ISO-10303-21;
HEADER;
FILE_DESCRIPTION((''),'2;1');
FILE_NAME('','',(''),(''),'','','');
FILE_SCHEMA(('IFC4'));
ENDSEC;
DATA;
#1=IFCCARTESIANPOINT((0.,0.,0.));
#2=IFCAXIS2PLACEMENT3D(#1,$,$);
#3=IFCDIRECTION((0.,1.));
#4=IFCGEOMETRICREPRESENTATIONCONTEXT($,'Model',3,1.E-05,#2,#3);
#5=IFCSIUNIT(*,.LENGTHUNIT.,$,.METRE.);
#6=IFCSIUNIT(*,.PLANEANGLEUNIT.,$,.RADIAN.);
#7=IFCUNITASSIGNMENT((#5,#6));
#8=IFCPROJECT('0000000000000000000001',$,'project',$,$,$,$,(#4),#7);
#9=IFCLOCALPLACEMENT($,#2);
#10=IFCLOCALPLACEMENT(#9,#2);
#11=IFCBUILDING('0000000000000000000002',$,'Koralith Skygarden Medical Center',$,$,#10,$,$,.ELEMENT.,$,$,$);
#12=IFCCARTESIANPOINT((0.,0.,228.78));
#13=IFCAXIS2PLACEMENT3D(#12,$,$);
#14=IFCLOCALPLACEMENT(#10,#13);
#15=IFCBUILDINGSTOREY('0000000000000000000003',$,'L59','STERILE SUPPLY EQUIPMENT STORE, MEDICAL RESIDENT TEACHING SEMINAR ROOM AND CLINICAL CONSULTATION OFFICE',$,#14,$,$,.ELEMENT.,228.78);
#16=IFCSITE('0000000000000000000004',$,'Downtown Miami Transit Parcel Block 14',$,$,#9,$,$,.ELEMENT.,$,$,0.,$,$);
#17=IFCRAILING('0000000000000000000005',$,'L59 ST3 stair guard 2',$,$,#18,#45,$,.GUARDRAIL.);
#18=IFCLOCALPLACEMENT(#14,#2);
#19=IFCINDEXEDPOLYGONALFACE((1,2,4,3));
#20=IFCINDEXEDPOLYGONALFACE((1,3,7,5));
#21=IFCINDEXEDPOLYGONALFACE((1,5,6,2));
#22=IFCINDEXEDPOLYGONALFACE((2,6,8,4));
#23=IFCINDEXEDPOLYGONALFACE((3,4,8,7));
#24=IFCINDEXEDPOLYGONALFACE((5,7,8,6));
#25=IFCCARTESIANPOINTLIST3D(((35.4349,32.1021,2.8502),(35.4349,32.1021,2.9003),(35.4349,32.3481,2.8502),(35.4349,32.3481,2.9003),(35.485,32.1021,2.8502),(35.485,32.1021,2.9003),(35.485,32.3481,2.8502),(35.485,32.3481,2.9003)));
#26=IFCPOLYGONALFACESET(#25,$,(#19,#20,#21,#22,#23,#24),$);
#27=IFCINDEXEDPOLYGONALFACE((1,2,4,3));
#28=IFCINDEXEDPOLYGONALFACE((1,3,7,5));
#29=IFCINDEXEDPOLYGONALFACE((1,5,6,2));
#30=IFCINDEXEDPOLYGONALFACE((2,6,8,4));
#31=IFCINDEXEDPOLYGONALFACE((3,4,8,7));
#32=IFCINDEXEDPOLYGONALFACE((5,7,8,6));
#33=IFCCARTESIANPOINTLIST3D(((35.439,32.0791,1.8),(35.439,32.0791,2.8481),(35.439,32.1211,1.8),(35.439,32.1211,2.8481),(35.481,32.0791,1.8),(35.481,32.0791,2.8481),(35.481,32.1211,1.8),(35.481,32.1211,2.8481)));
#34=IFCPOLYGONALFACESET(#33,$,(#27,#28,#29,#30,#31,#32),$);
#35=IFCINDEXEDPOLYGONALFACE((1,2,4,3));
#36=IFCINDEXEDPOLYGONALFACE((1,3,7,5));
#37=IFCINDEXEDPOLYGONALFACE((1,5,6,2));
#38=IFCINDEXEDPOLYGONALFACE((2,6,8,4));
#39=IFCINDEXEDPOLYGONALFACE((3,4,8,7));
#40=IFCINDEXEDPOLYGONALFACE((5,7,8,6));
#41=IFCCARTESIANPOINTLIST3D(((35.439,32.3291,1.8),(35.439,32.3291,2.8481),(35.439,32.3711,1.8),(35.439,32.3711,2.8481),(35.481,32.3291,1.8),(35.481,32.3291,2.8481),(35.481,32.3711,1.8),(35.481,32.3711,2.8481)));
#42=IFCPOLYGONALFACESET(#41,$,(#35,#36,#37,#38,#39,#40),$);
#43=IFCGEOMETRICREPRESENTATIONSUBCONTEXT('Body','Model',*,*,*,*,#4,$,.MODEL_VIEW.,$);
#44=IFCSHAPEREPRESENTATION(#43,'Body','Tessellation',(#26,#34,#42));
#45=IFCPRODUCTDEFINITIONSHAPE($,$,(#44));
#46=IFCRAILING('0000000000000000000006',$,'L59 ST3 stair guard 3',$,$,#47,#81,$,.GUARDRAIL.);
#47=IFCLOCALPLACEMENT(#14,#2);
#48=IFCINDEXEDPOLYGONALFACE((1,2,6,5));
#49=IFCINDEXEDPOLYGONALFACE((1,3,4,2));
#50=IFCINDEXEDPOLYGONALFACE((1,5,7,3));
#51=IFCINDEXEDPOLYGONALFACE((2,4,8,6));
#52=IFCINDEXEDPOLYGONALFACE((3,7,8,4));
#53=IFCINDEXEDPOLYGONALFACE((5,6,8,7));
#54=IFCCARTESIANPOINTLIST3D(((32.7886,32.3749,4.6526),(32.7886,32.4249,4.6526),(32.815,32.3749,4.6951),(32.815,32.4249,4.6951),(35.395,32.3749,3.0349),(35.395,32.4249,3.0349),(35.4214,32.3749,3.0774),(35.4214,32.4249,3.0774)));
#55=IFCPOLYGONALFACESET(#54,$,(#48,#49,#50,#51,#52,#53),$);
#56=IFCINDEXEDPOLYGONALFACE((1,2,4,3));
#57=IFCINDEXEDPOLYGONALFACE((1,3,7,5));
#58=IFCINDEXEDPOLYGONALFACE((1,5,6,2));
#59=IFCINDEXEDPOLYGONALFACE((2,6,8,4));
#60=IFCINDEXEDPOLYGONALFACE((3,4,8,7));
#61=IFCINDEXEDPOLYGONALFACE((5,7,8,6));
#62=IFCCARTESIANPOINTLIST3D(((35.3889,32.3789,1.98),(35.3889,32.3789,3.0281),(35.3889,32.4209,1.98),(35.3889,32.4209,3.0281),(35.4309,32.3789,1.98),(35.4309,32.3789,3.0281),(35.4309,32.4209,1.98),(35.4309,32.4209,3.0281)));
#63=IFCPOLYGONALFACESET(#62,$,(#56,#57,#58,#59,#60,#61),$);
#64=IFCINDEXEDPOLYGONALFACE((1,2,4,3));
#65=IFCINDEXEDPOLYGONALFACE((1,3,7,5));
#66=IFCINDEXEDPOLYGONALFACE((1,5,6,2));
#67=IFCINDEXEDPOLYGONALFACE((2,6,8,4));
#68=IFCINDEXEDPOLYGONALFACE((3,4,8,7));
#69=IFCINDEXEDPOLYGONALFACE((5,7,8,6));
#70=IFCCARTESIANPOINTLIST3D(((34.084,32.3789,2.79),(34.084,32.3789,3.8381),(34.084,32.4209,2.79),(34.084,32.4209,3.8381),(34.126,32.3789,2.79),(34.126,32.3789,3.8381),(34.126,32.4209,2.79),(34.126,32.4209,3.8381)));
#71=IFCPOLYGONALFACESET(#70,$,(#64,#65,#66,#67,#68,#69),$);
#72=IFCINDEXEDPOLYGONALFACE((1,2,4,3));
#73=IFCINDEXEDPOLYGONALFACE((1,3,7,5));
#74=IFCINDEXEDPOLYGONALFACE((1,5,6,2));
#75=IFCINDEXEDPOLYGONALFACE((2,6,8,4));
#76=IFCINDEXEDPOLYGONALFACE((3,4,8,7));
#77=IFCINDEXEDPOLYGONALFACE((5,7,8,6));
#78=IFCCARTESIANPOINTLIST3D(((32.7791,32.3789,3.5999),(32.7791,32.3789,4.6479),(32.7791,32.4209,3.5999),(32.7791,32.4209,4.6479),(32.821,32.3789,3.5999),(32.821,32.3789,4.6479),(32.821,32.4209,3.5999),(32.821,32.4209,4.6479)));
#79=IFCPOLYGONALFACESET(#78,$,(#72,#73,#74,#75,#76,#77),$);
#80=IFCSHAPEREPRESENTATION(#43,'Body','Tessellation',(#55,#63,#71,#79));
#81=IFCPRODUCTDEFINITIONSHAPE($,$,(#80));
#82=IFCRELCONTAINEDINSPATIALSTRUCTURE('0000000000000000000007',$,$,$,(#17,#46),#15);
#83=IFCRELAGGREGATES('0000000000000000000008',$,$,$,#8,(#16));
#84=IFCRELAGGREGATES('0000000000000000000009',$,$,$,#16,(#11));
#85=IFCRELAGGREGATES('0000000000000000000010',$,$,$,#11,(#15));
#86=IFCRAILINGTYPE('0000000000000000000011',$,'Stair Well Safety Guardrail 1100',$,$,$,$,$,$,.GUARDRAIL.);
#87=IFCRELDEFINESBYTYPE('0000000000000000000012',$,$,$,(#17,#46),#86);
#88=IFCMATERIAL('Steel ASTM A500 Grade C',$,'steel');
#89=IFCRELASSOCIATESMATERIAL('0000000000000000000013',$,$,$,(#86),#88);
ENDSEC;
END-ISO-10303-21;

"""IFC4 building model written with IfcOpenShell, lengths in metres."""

from ifc_helpers import new_model, si_unit, direction, frame, origin, origin_2d, place, context, subcontext, project, spatial, rectangle, extrude, material, type_object, element, save


model = new_model("IFC4")

# Units and contexts
model_context = context("Model", 3, precision=1e-05, world=origin(), true_north=direction((0.0, 1.0)))
body_context = subcontext(model_context, "Body", "Model", "MODEL_VIEW")
ifc_project = project(units=[si_unit("LENGTHUNIT", "METRE"), si_unit("PLANEANGLEUNIT", "RADIAN")], contexts=[model_context])

# Site, building, storey
site_placement = place(None, origin())
site = spatial("IfcSite", under=ifc_project, at=site_placement, Name="Downtown Miami Transit Parcel Block 14", CompositionType="ELEMENT", RefElevation=0.0)
building_placement = place(site_placement, origin())
building = spatial("IfcBuilding", under=site, at=building_placement, Name="Koralith Skygarden Medical Center", CompositionType="ELEMENT")
storey_placement = place(building_placement, frame((0.0, 0.0, 228.78)))
storey = spatial("IfcBuildingStorey", under=building, at=storey_placement, Name="L59", Description="STERILE SUPPLY EQUIPMENT STORE, MEDICAL RESIDENT TEACHING SEMINAR ROOM AND CLINICAL CONSULTATION OFFICE", CompositionType="ELEMENT", Elevation=228.78)

# Railings
ifc_material_1 = material(Name="Steel ASTM A500 Grade C", Category="steel")
railing_type_1 = type_object("IfcRailingType", Name="Stair Well Safety Guardrail 1100", PredefinedType="GUARDRAIL", material=ifc_material_1)
railing_1_placement = place(storey_placement, frame((35.46, 32.1001, 1.8)))
element("IfcRailing", 1, at=railing_1_placement, inside=storey, type_object=railing_type_1, Name="L59 ST3 stair guard 2", PredefinedType="GUARDRAIL", context=body_context, shape_type="SweptSolid", body=[
    extrude(rectangle(XDim=0.05, YDim=0.05, at=origin_2d()), frame((0.0, 0.002, 1.0752), z_axis=(0.0, 1.0, 0.0), x_axis=(-1.0, 0.0, 0.0)), (0.0, 0.0, 1.0), 0.2461),
    extrude(rectangle(XDim=0.042, YDim=0.042, at=origin_2d()), origin(), (0.0, 0.0, 1.0), 1.0481),
    extrude(rectangle(XDim=0.042, YDim=0.042, at=origin_2d()), frame((0.0, 0.25, 0.0)), (0.0, 0.0, 1.0), 1.0481),
])
railing_2_placement = place(storey_placement, frame((35.4099, 32.3999, 1.98)))
element("IfcRailing", 2, at=railing_2_placement, inside=storey, type_object=railing_type_1, Name="L59 ST3 stair guard 3", PredefinedType="GUARDRAIL", context=body_context, shape_type="SweptSolid", body=[
    extrude(rectangle(XDim=0.05, YDim=0.05, at=origin_2d()), frame((-0.0017, 0.0, 1.0762), z_axis=(-0.849646, 0.0, 0.527353), x_axis=(0.0, -1.0, 0.0)), (0.0, 0.0, 1.0), 3.0676),
    extrude(rectangle(XDim=0.042, YDim=0.042, at=origin_2d()), origin(), (0.0, 0.0, 1.0), 1.0481),
    extrude(rectangle(XDim=0.042, YDim=0.042, at=origin_2d()), frame((-1.3049, 0.0, 0.8101)), (0.0, 0.0, 1.0), 1.0481),
    extrude(rectangle(XDim=0.042, YDim=0.042, at=origin_2d()), frame((-2.6099, 0.0, 1.6199)), (0.0, 0.0, 1.0), 1.0481),
])

save(model, "model.ifc")
